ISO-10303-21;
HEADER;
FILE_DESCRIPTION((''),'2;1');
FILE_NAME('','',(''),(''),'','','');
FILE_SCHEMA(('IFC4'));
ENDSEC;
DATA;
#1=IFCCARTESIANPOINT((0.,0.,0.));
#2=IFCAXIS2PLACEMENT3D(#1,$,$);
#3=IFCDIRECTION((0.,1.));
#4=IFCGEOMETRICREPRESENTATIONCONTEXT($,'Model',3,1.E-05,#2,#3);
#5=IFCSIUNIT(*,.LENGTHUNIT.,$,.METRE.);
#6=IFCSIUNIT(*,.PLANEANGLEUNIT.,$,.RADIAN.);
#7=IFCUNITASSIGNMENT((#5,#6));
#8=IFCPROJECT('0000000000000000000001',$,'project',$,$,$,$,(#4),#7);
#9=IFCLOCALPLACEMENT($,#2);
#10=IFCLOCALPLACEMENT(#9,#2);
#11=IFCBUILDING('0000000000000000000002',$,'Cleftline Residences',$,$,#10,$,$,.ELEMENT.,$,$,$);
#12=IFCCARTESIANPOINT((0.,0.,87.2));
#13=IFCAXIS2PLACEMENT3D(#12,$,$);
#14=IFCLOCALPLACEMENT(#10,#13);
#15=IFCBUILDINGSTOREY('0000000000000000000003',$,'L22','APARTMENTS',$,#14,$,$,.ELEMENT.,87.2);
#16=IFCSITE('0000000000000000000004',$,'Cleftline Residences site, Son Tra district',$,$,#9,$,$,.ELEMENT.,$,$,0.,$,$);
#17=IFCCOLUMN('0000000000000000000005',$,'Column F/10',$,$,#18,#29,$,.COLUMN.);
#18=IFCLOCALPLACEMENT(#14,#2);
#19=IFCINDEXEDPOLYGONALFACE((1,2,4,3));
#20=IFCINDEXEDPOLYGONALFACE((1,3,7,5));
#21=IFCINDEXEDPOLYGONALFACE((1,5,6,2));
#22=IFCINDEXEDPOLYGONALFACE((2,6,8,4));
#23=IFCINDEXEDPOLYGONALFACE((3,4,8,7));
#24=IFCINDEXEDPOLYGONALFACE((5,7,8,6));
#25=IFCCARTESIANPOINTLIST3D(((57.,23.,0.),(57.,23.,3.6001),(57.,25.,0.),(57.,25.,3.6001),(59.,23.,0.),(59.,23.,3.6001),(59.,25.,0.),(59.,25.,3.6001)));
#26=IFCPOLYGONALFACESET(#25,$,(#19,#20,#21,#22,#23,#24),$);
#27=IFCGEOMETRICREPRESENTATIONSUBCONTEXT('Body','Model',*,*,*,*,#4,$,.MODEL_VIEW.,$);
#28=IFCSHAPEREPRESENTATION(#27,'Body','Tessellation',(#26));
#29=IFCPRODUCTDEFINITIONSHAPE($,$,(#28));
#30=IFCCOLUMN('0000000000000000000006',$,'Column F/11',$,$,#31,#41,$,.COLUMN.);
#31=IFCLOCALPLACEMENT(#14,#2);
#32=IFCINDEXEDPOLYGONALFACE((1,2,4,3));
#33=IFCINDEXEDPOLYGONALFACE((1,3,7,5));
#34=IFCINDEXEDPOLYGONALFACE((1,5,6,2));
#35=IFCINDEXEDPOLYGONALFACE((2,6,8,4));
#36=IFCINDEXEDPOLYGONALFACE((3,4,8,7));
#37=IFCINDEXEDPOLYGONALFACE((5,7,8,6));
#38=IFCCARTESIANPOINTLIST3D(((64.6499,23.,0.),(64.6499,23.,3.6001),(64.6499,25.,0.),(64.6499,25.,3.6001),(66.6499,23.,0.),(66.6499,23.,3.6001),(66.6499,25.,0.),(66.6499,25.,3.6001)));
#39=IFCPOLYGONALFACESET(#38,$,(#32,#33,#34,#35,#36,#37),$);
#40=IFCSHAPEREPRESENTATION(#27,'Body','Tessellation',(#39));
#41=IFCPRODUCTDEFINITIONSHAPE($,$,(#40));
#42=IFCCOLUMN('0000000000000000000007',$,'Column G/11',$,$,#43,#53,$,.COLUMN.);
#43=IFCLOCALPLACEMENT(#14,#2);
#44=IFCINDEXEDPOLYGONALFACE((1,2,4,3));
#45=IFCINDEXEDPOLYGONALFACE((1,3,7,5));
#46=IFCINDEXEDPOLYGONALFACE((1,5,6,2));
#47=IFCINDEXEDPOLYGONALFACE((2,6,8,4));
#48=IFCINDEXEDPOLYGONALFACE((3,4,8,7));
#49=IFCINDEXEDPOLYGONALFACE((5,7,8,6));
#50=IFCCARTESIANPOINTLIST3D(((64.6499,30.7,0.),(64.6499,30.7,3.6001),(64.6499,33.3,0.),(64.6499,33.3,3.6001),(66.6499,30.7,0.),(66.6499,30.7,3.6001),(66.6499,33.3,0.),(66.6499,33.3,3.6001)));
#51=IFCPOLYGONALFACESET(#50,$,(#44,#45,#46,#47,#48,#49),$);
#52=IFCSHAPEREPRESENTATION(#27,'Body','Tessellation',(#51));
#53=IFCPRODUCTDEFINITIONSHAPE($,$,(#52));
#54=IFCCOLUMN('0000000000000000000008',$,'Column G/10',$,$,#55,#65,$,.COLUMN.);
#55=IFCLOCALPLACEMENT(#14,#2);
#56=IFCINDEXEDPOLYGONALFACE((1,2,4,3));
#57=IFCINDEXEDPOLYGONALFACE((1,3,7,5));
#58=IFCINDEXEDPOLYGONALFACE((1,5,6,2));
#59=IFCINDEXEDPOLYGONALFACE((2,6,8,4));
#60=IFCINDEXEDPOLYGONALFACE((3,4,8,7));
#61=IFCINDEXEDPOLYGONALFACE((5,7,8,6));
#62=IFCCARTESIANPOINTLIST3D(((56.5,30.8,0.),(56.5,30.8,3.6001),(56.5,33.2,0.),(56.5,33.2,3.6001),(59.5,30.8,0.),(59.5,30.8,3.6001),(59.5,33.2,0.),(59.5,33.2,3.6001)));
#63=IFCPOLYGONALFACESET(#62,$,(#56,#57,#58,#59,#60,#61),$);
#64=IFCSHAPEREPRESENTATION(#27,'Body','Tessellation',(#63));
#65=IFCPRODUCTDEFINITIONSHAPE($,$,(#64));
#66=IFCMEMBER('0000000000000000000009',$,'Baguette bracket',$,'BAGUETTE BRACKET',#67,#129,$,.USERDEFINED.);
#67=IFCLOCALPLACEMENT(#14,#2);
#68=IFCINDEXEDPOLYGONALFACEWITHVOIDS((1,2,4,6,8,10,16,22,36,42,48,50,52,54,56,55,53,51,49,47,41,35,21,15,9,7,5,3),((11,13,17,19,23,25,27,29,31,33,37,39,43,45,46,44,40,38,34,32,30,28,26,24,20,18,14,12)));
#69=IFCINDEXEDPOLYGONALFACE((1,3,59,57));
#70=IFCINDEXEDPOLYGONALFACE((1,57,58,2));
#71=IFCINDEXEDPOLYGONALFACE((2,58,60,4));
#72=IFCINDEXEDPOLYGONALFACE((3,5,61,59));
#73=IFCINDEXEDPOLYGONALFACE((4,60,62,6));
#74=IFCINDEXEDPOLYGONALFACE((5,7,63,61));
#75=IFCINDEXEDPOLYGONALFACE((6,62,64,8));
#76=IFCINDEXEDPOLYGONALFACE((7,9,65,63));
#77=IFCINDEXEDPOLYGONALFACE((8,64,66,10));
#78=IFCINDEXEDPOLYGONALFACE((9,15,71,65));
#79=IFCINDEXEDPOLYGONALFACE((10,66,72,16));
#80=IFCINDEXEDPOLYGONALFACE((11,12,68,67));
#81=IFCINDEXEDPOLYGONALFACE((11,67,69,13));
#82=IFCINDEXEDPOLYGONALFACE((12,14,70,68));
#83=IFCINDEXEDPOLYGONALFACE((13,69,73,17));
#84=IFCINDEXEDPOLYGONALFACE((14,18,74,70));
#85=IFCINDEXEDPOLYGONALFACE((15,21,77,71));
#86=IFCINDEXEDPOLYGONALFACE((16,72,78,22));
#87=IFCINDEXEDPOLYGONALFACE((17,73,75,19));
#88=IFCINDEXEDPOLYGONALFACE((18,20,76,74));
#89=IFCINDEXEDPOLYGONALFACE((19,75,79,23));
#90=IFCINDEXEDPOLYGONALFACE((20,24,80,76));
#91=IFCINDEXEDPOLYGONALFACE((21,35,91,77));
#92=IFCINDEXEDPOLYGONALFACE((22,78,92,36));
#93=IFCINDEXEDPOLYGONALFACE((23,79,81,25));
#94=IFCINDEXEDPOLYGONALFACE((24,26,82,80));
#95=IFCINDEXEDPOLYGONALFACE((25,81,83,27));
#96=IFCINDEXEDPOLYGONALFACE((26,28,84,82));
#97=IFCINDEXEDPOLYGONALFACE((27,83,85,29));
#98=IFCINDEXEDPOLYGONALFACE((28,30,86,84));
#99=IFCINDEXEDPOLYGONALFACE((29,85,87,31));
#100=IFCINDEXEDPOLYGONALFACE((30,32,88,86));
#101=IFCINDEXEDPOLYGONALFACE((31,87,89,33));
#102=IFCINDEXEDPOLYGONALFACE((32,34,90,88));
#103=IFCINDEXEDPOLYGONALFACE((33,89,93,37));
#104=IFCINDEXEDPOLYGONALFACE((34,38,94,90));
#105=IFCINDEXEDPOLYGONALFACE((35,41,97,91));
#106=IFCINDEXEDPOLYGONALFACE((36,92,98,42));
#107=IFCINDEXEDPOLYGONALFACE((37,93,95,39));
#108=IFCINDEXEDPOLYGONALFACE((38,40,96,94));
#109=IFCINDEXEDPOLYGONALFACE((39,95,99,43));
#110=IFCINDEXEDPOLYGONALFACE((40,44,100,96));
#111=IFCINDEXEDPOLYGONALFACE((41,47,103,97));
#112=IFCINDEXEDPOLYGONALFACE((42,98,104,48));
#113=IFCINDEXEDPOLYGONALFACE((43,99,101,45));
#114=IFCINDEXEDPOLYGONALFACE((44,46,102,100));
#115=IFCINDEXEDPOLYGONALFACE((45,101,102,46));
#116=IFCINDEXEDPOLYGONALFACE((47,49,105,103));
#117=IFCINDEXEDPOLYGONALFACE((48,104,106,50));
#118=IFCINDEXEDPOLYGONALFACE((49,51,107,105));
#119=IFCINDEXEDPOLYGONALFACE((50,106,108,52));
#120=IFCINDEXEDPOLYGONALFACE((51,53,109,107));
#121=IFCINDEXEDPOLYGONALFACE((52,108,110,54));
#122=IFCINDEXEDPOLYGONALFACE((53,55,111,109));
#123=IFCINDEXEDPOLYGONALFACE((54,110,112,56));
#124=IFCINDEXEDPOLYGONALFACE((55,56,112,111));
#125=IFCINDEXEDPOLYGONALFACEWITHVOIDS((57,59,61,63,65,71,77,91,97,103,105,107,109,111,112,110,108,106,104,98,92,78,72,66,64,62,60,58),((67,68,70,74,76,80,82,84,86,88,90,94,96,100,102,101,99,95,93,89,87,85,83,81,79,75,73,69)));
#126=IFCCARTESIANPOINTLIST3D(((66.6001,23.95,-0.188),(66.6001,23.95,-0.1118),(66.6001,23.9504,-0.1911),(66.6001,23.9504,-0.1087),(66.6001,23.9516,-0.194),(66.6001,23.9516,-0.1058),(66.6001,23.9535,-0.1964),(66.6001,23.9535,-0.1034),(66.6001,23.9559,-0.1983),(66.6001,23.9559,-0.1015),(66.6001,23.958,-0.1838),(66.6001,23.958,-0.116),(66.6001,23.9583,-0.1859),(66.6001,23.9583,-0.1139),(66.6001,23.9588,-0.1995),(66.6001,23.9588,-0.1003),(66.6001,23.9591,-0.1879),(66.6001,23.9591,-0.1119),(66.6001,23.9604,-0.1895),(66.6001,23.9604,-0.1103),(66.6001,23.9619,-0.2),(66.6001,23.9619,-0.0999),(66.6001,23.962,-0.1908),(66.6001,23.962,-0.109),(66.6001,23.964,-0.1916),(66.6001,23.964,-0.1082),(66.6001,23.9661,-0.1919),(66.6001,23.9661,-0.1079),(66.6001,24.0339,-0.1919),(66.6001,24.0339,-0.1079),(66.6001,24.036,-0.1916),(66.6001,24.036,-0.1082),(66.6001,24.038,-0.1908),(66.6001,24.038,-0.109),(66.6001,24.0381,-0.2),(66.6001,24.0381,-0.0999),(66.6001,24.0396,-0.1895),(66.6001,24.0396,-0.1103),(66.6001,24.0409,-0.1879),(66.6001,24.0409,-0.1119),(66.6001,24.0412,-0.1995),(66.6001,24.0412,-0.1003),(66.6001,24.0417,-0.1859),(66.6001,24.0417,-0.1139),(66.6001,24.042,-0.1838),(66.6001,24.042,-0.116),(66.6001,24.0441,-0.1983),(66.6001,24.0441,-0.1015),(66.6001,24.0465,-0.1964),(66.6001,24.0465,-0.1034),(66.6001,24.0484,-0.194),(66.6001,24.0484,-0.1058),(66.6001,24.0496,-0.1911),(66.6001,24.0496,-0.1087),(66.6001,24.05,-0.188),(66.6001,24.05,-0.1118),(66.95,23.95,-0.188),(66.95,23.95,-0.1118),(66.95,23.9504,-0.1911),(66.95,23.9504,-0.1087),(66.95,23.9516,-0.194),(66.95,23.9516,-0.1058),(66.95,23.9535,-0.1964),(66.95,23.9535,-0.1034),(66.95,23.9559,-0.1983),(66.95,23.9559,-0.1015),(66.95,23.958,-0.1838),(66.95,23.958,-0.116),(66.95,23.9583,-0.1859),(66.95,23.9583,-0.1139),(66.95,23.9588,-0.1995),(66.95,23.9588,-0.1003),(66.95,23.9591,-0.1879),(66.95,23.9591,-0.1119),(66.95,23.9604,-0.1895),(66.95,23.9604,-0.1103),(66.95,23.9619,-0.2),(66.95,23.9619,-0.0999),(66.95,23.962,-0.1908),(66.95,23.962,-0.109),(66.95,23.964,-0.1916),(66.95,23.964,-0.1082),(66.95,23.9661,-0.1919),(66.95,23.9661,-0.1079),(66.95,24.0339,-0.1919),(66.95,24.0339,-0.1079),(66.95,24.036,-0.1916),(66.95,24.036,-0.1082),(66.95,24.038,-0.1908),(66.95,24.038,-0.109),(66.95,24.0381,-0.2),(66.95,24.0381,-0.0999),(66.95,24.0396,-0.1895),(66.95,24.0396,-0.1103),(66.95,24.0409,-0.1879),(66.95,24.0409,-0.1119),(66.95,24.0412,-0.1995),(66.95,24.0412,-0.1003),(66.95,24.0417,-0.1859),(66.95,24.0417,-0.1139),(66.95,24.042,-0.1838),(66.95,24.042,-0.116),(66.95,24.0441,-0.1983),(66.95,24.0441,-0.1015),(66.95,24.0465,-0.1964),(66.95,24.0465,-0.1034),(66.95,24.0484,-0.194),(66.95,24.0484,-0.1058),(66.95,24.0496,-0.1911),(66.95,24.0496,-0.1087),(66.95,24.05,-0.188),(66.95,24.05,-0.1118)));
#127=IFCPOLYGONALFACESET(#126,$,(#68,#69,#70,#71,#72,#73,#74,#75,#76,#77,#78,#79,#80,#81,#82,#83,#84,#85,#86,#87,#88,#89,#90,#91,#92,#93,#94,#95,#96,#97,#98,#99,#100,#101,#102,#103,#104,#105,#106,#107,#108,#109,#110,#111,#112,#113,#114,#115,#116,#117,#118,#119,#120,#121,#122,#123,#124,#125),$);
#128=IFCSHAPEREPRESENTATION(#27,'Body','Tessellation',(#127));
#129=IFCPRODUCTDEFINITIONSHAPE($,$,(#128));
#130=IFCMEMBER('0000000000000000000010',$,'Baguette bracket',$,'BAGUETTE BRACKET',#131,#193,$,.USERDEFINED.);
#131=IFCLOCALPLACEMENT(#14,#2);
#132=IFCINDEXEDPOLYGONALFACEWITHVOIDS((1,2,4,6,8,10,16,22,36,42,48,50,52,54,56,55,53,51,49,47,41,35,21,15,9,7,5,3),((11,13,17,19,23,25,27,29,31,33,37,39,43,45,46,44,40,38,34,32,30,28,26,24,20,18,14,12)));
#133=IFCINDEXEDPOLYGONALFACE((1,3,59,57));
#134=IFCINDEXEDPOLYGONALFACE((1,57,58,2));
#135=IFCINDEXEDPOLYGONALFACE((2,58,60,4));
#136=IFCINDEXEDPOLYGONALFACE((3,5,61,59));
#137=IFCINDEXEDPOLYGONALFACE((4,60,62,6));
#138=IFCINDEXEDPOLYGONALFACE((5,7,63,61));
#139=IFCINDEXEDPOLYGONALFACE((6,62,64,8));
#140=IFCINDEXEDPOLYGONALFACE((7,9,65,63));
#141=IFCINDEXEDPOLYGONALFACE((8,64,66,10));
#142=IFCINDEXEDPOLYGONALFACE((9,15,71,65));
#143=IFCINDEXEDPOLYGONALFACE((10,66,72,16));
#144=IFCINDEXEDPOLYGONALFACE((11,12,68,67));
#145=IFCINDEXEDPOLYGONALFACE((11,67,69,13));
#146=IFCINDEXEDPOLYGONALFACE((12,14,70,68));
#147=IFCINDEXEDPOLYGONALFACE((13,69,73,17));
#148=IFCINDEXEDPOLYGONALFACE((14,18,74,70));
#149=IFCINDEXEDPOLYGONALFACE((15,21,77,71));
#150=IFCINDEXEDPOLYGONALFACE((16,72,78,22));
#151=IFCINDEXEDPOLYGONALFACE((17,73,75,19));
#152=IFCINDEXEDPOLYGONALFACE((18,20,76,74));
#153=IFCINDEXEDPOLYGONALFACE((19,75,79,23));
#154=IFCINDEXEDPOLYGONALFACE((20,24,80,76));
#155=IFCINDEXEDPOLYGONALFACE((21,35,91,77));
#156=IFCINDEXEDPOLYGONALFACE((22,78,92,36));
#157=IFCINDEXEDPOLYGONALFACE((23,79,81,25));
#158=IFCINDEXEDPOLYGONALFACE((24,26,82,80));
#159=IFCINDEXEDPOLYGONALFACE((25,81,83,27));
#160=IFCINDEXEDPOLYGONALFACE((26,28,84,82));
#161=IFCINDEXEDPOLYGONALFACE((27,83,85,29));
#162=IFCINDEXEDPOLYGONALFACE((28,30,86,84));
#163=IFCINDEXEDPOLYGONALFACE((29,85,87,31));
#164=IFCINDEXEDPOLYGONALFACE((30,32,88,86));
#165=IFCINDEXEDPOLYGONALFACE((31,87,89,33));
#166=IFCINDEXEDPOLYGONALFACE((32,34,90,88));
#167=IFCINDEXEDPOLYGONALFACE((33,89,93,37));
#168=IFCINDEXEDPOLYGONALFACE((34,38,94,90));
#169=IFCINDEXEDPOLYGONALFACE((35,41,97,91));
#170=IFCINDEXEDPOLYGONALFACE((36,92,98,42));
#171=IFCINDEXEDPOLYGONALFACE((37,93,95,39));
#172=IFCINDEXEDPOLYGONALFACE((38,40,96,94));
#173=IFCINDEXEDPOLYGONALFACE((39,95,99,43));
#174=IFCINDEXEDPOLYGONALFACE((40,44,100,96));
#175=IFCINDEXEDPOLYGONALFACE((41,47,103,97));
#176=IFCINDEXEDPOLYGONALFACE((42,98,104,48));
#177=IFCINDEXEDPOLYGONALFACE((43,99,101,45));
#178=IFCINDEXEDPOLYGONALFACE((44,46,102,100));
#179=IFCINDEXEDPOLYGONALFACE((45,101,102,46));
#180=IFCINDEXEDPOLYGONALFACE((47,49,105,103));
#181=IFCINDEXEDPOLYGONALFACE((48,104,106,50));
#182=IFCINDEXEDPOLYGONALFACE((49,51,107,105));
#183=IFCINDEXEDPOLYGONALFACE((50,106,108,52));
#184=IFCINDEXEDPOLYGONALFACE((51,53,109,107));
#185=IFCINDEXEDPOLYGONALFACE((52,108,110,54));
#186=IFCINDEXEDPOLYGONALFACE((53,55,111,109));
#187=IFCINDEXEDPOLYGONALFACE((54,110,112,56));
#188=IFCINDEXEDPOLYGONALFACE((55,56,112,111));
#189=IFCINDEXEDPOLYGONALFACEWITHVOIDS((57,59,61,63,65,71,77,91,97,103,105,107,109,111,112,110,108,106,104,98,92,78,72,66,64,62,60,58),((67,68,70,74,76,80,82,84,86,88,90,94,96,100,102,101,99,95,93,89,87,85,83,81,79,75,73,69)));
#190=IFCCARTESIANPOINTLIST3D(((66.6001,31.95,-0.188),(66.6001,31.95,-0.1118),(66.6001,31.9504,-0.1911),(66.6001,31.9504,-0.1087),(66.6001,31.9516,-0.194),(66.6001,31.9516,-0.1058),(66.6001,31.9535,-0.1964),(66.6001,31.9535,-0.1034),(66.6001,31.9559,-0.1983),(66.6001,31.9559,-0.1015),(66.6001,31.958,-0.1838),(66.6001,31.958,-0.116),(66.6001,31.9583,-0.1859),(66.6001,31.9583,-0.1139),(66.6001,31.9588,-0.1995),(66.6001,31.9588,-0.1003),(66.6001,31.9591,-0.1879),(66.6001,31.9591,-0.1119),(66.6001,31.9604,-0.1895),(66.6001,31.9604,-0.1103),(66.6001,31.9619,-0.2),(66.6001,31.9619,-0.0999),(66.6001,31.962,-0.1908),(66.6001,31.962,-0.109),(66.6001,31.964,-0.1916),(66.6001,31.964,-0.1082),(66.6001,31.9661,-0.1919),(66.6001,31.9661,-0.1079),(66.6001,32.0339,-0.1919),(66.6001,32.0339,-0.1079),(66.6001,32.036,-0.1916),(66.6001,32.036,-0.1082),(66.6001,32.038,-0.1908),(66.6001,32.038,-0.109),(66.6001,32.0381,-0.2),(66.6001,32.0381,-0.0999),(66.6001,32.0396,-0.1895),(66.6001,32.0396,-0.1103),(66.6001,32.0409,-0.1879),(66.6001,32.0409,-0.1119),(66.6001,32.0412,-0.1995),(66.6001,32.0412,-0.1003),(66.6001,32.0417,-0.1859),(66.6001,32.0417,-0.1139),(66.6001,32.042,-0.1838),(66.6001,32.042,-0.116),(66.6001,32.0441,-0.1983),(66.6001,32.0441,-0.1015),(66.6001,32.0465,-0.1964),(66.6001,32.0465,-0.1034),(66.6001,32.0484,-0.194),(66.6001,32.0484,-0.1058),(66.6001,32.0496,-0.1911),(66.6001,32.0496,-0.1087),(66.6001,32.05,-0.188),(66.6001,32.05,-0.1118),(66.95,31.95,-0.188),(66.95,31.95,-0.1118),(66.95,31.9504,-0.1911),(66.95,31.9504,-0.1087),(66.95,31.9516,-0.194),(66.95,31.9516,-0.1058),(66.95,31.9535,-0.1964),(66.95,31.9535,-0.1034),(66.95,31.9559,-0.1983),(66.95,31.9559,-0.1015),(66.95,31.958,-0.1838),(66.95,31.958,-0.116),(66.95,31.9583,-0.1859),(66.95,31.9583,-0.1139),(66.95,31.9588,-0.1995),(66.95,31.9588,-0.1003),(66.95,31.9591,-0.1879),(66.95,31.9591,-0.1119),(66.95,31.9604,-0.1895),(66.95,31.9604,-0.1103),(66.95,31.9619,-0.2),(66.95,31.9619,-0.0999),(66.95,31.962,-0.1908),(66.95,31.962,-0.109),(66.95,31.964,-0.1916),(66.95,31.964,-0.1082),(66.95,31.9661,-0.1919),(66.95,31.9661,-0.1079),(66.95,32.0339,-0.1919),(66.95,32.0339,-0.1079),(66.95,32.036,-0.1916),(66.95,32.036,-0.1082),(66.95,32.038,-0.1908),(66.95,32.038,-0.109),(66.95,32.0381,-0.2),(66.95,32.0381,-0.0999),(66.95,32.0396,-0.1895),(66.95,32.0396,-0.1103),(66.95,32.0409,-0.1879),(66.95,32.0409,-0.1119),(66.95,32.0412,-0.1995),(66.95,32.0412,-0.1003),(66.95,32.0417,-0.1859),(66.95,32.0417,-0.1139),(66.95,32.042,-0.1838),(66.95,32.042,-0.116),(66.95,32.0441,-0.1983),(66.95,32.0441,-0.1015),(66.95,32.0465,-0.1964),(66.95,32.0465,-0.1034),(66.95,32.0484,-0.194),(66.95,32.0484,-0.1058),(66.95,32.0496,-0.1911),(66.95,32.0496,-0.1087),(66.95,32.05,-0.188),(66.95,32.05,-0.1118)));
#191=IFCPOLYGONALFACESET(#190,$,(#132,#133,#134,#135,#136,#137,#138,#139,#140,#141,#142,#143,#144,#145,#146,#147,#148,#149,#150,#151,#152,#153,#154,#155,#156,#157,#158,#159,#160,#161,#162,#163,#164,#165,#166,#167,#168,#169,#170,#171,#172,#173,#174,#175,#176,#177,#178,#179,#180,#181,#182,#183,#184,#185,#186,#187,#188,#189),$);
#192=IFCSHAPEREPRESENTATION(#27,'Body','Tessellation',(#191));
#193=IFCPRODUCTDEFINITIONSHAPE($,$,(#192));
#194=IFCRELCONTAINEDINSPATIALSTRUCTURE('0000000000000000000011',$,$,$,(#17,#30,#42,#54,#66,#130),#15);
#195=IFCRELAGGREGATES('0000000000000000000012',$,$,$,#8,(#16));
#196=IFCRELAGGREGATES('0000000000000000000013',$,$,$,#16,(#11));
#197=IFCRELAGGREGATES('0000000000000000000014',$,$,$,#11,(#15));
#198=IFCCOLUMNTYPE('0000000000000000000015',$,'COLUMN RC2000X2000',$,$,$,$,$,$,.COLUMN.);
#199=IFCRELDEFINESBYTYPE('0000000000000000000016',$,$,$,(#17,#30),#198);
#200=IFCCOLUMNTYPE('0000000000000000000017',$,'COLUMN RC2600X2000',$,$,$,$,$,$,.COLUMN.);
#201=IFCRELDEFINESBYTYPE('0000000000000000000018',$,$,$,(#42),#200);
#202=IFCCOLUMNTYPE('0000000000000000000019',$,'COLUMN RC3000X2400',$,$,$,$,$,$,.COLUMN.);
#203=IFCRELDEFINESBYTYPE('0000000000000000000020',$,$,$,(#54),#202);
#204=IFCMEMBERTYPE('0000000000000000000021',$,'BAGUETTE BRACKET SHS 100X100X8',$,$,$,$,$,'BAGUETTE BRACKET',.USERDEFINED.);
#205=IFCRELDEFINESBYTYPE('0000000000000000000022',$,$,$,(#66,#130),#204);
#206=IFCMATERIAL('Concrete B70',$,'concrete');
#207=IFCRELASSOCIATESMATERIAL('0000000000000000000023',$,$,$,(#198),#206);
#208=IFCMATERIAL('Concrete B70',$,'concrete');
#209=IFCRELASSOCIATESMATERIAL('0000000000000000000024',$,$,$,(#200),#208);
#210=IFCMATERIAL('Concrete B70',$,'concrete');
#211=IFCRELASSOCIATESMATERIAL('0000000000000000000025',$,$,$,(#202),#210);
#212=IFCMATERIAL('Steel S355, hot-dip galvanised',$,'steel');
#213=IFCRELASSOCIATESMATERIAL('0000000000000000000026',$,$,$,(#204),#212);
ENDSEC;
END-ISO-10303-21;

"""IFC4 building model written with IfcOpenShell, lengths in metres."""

from ifc_helpers import new_model, si_unit, direction, frame, origin, origin_2d, place, context, subcontext, project, spatial, rectangle, hollow_rectangle, extrude, material, material_profile, profile_set, type_object, element, save


model = new_model("IFC4")

# Units and contexts
model_context = context("Model", 3, precision=1e-05, world=origin(), true_north=direction((0.0, 1.0)))
body_context = subcontext(model_context, "Body", "Model", "MODEL_VIEW")
ifc_project = project(units=[si_unit("LENGTHUNIT", "METRE"), si_unit("PLANEANGLEUNIT", "RADIAN")], contexts=[model_context])

# Site, building, storey
site_placement = place(None, origin())
site = spatial("IfcSite", under=ifc_project, at=site_placement, Name="Cleftline Residences site, Son Tra district", CompositionType="ELEMENT", RefElevation=0.0)
building_placement = place(site_placement, origin())
building = spatial("IfcBuilding", under=site, at=building_placement, Name="Cleftline Residences", CompositionType="ELEMENT")
storey_placement = place(building_placement, frame((0.0, 0.0, 87.2)))
storey = spatial("IfcBuildingStorey", under=building, at=storey_placement, Name="L22", Description="APARTMENTS", CompositionType="ELEMENT", Elevation=87.2)

# Columns
ifc_material_1 = material(Name="Concrete B70", Category="concrete")
ifc_material_profile_1 = material_profile(ifc_material_1, rectangle(XDim=2.0, YDim=2.0, at=origin_2d()))
ifc_profile_set_1 = profile_set([ifc_material_profile_1], Name="Concrete B70")
column_type_1 = type_object("IfcColumnType", Name="COLUMN RC2000X2000", PredefinedType="COLUMN", material=ifc_profile_set_1)
for number, where, z_axis, x_axis, name in (
    (1, (58.0, 24.0, 0.0), (0.0, 0.0, 1.0), (1.0, 0.0, 0.0), "Column F/10"),
    (2, (65.6499, 24.0, 0.0), (0.0, 0.0, 1.0), (1.0, 0.0, 0.0), "Column F/11"),
):
    element("IfcColumn", number, at=place(storey_placement, frame(where, z_axis=z_axis, x_axis=x_axis)), inside=storey, type_object=column_type_1, Name=name, PredefinedType="COLUMN", context=body_context, shape_type="SweptSolid", body=[
        extrude(rectangle(XDim=2.0, YDim=2.0, at=origin_2d()), origin(), (0.0, 0.0, 1.0), 3.6001),
    ])
ifc_material_2 = material(Name="Concrete B70", Category="concrete")
ifc_material_profile_2 = material_profile(ifc_material_2, rectangle(XDim=2.6001, YDim=2.0, at=origin_2d()))
ifc_profile_set_2 = profile_set([ifc_material_profile_2], Name="Concrete B70")
column_type_2 = type_object("IfcColumnType", Name="COLUMN RC2600X2000", PredefinedType="COLUMN", material=ifc_profile_set_2)
column_1_placement = place(storey_placement, frame((65.6499, 32.0, 0.0), z_axis=(0.0, 0.0, 1.0), x_axis=(0.0, 1.0, 0.0)))
element("IfcColumn", 3, at=column_1_placement, inside=storey, type_object=column_type_2, Name="Column G/11", PredefinedType="COLUMN", context=body_context, shape_type="SweptSolid", body=[
    extrude(rectangle(XDim=2.6001, YDim=2.0, at=origin_2d()), origin(), (0.0, 0.0, 1.0), 3.6001),
])
ifc_material_3 = material(Name="Concrete B70", Category="concrete")
ifc_material_profile_3 = material_profile(ifc_material_3, rectangle(XDim=3.0, YDim=2.3999, at=origin_2d()))
ifc_profile_set_3 = profile_set([ifc_material_profile_3], Name="Concrete B70")
column_type_3 = type_object("IfcColumnType", Name="COLUMN RC3000X2400", PredefinedType="COLUMN", material=ifc_profile_set_3)
column_2_placement = place(storey_placement, frame((58.0, 32.0, 0.0), z_axis=(0.0, 0.0, 1.0), x_axis=(1.0, 0.0, 0.0)))
element("IfcColumn", 4, at=column_2_placement, inside=storey, type_object=column_type_3, Name="Column G/10", PredefinedType="COLUMN", context=body_context, shape_type="SweptSolid", body=[
    extrude(rectangle(XDim=3.0, YDim=2.3999, at=origin_2d()), origin(), (0.0, 0.0, 1.0), 3.6001),
])

# Members
ifc_material_4 = material(Name="Steel S355, hot-dip galvanised", Category="steel")
ifc_material_profile_4 = material_profile(ifc_material_4, hollow_rectangle(XDim=0.1001, YDim=0.1001, WallThickness=0.0081, InnerFilletRadius=0.0081, OuterFilletRadius=0.012, at=origin_2d()))
ifc_profile_set_4 = profile_set([ifc_material_profile_4], Name="Steel S355, hot-dip galvanised")
member_type_1 = type_object("IfcMemberType", Name="BAGUETTE BRACKET SHS 100X100X8", ElementType="BAGUETTE BRACKET", PredefinedType="USERDEFINED", material=ifc_profile_set_4)
for number, where, z_axis, x_axis, name in (
    (5, (66.6001, 24.0, -0.1499), (1.0, 0.0, 0.0), (0.0, 1.0, 0.0), "Baguette bracket"),
    (6, (66.6001, 32.0, -0.1499), (1.0, 0.0, 0.0), (0.0, 1.0, 0.0), "Baguette bracket"),
):
    element("IfcMember", number, at=place(storey_placement, frame(where, z_axis=z_axis, x_axis=x_axis)), inside=storey, type_object=member_type_1, Name=name, ObjectType="BAGUETTE BRACKET", PredefinedType="USERDEFINED", context=body_context, shape_type="SweptSolid", body=[
        extrude(hollow_rectangle(XDim=0.1001, YDim=0.1001, WallThickness=0.0081, InnerFilletRadius=0.0081, OuterFilletRadius=0.012, at=origin_2d()), origin(), (0.0, 0.0, 1.0), 0.3499),
    ])

save(model, "model.ifc")
